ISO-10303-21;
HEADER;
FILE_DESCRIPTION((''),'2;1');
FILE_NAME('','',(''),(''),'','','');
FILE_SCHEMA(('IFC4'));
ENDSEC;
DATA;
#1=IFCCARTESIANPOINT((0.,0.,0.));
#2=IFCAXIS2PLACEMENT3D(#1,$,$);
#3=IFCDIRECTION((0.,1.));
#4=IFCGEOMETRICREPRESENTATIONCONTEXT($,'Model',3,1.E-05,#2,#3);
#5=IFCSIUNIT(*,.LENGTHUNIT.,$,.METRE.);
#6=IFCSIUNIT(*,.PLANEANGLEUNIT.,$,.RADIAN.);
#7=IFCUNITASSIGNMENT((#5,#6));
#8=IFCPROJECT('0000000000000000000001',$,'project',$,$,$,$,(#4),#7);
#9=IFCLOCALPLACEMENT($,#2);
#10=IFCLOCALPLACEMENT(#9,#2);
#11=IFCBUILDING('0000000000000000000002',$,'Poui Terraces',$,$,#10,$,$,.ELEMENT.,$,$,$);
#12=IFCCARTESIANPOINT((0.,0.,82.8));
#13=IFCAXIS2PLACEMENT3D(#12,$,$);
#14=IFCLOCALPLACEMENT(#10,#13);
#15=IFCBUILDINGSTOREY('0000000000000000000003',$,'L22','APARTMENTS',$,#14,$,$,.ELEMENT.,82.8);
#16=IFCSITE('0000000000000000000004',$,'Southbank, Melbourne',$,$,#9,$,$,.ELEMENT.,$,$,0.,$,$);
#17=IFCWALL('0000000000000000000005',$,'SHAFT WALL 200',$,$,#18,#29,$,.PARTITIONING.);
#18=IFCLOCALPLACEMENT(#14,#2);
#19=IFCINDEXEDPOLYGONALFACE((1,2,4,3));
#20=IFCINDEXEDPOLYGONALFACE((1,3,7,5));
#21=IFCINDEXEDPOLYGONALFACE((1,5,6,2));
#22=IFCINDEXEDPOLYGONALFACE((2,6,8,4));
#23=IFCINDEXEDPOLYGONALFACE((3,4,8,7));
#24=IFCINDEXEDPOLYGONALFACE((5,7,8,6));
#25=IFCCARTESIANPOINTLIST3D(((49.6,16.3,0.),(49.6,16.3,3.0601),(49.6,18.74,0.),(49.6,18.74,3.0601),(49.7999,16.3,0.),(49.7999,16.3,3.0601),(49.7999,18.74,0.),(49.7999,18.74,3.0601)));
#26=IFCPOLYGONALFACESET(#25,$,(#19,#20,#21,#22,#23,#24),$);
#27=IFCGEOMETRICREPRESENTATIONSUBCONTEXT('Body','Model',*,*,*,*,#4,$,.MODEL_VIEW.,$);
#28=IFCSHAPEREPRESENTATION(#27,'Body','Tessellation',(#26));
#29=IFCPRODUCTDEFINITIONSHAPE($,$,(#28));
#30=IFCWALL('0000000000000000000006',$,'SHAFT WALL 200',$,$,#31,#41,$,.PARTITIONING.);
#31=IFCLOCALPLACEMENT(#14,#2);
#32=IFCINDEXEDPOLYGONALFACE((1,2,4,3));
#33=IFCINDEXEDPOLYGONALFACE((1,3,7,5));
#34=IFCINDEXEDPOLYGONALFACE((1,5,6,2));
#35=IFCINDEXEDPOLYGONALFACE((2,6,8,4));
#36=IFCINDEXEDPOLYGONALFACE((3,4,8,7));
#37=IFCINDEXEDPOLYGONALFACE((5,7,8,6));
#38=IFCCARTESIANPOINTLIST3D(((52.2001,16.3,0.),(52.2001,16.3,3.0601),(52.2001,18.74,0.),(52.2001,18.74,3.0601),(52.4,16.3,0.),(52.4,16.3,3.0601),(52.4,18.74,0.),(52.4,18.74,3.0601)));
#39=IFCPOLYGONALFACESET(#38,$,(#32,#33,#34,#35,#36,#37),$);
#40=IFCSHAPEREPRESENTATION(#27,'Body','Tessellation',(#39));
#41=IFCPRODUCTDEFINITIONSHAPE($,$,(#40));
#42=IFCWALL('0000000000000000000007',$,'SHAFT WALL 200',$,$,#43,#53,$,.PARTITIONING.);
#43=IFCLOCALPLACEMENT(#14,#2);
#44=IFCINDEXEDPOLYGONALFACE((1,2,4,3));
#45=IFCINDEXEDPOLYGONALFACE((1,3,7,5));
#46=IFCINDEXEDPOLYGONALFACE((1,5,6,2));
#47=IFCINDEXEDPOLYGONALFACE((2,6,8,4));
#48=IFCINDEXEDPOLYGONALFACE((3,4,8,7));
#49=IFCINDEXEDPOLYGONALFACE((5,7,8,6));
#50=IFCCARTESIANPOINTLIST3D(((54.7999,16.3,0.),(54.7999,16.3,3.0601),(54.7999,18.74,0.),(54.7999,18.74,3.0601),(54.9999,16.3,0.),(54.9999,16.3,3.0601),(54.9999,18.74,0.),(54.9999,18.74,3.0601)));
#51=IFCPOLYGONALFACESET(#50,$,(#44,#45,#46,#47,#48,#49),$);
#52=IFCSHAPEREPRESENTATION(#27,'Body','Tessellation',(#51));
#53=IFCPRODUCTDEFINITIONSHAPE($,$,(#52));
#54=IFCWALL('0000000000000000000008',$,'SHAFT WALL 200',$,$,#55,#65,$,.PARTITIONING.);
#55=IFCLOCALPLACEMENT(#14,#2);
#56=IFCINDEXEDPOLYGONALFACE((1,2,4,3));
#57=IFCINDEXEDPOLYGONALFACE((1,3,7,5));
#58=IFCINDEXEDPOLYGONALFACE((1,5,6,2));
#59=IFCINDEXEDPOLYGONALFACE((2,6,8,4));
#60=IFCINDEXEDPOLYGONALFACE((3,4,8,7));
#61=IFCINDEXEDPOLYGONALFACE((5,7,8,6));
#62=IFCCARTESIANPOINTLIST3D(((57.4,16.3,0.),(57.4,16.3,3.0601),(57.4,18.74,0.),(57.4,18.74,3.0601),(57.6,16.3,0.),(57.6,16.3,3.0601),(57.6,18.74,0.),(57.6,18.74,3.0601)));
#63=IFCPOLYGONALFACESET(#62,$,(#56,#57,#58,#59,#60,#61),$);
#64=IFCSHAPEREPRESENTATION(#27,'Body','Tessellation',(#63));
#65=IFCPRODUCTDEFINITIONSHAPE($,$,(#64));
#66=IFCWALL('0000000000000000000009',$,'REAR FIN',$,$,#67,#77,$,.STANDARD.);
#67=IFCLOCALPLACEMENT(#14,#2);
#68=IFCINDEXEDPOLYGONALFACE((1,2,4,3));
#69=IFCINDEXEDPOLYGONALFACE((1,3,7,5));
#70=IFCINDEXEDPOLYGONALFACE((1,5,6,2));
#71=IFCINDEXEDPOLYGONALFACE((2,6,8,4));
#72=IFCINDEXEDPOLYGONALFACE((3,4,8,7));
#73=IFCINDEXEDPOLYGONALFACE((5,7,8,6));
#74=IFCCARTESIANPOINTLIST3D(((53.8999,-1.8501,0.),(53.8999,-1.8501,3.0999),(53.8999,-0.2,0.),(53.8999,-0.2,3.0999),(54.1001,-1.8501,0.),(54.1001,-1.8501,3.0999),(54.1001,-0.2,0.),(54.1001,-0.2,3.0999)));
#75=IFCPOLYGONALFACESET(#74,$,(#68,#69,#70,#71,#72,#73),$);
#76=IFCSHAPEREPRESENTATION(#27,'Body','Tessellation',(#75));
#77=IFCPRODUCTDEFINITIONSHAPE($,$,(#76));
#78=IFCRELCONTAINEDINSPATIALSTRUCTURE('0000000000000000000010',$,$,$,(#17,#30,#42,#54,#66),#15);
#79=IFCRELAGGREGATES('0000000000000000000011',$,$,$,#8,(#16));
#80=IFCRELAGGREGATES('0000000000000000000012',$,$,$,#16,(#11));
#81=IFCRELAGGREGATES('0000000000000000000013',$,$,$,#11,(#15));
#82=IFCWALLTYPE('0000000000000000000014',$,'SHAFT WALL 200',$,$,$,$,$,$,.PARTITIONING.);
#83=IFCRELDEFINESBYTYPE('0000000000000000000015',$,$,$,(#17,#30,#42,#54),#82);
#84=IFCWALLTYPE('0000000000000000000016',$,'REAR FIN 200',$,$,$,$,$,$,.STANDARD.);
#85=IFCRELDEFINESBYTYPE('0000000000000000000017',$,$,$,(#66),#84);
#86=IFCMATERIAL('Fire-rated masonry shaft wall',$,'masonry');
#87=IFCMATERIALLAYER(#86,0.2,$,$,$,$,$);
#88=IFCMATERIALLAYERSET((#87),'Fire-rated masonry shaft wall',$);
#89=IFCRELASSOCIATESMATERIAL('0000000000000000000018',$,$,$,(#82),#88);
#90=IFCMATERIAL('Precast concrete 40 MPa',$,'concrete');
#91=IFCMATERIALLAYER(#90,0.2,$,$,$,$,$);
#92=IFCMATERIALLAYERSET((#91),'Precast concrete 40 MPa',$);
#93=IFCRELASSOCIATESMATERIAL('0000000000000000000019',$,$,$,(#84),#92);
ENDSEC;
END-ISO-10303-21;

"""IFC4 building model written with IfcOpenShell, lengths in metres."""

from ifc_helpers import new_model, si_unit, direction, frame, frame_2d, origin, place, context, subcontext, project, spatial, polyline, rectangle, outline, extrude, source, transform, mapped, material, layer, layer_set, type_object, element, save


model = new_model("IFC4")

# Units and contexts
model_context = context("Model", 3, precision=1e-05, world=origin(), true_north=direction((0.0, 1.0)))
body_context = subcontext(model_context, "Body", "Model", "MODEL_VIEW")
ifc_project = project(units=[si_unit("LENGTHUNIT", "METRE"), si_unit("PLANEANGLEUNIT", "RADIAN")], contexts=[model_context])

# Site, building, storey
site_placement = place(None, origin())
site = spatial("IfcSite", under=ifc_project, at=site_placement, Name="Southbank, Melbourne", CompositionType="ELEMENT", RefElevation=0.0)
building_placement = place(site_placement, origin())
building = spatial("IfcBuilding", under=site, at=building_placement, Name="Poui Terraces", CompositionType="ELEMENT")
storey_placement = place(building_placement, frame((0.0, 0.0, 82.8)))
storey = spatial("IfcBuildingStorey", under=building, at=storey_placement, Name="L22", Description="APARTMENTS", CompositionType="ELEMENT", Elevation=82.8)

# Shared definitions
ifc_material_1 = material(Name="Precast concrete 40 MPa", Category="concrete")

# Walls
ifc_material_2 = material(Name="Fire-rated masonry shaft wall", Category="masonry")
ifc_layer_1 = layer(ifc_material_2, 0.2)
ifc_layer_set_1 = layer_set([ifc_layer_1], Name="Fire-rated masonry shaft wall")
wall_type_1 = type_object("IfcWallType", Name="SHAFT WALL 200", PredefinedType="PARTITIONING", material=ifc_layer_set_1)
for number, where, z_axis, x_axis, name in (
    (1, (49.7, 16.3, 0.0), (0.0, 0.0, 1.0), (0.0, 1.0, 0.0), "SHAFT WALL 200"),
    (2, (52.3, 16.3, 0.0), (0.0, 0.0, 1.0), (0.0, 1.0, 0.0), "SHAFT WALL 200"),
    (3, (54.8999, 16.3, 0.0), (0.0, 0.0, 1.0), (0.0, 1.0, 0.0), "SHAFT WALL 200"),
    (4, (57.5, 16.3, 0.0), (0.0, 0.0, 1.0), (0.0, 1.0, 0.0), "SHAFT WALL 200"),
):
    element("IfcWall", number, at=place(storey_placement, frame(where, z_axis=z_axis, x_axis=x_axis)), inside=storey, type_object=wall_type_1, Name=name, PredefinedType="PARTITIONING", context=body_context, shape_type="SweptSolid", body=[
        extrude(rectangle(XDim=2.4399, YDim=0.2, at=frame_2d((1.22, 0.0))), origin(), (0.0, 0.0, 1.0), 3.0601),
    ])
ifc_layer_2 = layer(ifc_material_1, 0.2)
ifc_layer_set_2 = layer_set([ifc_layer_2], Name="Precast concrete 40 MPa")
wall_type_2 = type_object("IfcWallType", Name="REAR FIN 200", PredefinedType="STANDARD", material=ifc_layer_set_2)
shared_shape_1 = source(origin(), body_context, "Body", "SweptSolid", [
    extrude(outline(polyline([(0.0, 0.0), (0.2002, 0.0), (0.2002, 1.6501), (0.0, 1.6501), (0.0, 0.0)])), origin(), (0.0, 0.0, 1.0), 3.0999),
])
wall_1_placement = place(storey_placement, frame((53.8999, -1.8501, 0.0)))
element("IfcWall", 5, at=wall_1_placement, inside=storey, type_object=wall_type_2, Name="REAR FIN", PredefinedType="STANDARD", context=body_context, shape_type="MappedRepresentation", body=[
    mapped(shared_shape_1, transform((0.0, 0.0, 0.0))),
])

save(model, "model.ifc")
